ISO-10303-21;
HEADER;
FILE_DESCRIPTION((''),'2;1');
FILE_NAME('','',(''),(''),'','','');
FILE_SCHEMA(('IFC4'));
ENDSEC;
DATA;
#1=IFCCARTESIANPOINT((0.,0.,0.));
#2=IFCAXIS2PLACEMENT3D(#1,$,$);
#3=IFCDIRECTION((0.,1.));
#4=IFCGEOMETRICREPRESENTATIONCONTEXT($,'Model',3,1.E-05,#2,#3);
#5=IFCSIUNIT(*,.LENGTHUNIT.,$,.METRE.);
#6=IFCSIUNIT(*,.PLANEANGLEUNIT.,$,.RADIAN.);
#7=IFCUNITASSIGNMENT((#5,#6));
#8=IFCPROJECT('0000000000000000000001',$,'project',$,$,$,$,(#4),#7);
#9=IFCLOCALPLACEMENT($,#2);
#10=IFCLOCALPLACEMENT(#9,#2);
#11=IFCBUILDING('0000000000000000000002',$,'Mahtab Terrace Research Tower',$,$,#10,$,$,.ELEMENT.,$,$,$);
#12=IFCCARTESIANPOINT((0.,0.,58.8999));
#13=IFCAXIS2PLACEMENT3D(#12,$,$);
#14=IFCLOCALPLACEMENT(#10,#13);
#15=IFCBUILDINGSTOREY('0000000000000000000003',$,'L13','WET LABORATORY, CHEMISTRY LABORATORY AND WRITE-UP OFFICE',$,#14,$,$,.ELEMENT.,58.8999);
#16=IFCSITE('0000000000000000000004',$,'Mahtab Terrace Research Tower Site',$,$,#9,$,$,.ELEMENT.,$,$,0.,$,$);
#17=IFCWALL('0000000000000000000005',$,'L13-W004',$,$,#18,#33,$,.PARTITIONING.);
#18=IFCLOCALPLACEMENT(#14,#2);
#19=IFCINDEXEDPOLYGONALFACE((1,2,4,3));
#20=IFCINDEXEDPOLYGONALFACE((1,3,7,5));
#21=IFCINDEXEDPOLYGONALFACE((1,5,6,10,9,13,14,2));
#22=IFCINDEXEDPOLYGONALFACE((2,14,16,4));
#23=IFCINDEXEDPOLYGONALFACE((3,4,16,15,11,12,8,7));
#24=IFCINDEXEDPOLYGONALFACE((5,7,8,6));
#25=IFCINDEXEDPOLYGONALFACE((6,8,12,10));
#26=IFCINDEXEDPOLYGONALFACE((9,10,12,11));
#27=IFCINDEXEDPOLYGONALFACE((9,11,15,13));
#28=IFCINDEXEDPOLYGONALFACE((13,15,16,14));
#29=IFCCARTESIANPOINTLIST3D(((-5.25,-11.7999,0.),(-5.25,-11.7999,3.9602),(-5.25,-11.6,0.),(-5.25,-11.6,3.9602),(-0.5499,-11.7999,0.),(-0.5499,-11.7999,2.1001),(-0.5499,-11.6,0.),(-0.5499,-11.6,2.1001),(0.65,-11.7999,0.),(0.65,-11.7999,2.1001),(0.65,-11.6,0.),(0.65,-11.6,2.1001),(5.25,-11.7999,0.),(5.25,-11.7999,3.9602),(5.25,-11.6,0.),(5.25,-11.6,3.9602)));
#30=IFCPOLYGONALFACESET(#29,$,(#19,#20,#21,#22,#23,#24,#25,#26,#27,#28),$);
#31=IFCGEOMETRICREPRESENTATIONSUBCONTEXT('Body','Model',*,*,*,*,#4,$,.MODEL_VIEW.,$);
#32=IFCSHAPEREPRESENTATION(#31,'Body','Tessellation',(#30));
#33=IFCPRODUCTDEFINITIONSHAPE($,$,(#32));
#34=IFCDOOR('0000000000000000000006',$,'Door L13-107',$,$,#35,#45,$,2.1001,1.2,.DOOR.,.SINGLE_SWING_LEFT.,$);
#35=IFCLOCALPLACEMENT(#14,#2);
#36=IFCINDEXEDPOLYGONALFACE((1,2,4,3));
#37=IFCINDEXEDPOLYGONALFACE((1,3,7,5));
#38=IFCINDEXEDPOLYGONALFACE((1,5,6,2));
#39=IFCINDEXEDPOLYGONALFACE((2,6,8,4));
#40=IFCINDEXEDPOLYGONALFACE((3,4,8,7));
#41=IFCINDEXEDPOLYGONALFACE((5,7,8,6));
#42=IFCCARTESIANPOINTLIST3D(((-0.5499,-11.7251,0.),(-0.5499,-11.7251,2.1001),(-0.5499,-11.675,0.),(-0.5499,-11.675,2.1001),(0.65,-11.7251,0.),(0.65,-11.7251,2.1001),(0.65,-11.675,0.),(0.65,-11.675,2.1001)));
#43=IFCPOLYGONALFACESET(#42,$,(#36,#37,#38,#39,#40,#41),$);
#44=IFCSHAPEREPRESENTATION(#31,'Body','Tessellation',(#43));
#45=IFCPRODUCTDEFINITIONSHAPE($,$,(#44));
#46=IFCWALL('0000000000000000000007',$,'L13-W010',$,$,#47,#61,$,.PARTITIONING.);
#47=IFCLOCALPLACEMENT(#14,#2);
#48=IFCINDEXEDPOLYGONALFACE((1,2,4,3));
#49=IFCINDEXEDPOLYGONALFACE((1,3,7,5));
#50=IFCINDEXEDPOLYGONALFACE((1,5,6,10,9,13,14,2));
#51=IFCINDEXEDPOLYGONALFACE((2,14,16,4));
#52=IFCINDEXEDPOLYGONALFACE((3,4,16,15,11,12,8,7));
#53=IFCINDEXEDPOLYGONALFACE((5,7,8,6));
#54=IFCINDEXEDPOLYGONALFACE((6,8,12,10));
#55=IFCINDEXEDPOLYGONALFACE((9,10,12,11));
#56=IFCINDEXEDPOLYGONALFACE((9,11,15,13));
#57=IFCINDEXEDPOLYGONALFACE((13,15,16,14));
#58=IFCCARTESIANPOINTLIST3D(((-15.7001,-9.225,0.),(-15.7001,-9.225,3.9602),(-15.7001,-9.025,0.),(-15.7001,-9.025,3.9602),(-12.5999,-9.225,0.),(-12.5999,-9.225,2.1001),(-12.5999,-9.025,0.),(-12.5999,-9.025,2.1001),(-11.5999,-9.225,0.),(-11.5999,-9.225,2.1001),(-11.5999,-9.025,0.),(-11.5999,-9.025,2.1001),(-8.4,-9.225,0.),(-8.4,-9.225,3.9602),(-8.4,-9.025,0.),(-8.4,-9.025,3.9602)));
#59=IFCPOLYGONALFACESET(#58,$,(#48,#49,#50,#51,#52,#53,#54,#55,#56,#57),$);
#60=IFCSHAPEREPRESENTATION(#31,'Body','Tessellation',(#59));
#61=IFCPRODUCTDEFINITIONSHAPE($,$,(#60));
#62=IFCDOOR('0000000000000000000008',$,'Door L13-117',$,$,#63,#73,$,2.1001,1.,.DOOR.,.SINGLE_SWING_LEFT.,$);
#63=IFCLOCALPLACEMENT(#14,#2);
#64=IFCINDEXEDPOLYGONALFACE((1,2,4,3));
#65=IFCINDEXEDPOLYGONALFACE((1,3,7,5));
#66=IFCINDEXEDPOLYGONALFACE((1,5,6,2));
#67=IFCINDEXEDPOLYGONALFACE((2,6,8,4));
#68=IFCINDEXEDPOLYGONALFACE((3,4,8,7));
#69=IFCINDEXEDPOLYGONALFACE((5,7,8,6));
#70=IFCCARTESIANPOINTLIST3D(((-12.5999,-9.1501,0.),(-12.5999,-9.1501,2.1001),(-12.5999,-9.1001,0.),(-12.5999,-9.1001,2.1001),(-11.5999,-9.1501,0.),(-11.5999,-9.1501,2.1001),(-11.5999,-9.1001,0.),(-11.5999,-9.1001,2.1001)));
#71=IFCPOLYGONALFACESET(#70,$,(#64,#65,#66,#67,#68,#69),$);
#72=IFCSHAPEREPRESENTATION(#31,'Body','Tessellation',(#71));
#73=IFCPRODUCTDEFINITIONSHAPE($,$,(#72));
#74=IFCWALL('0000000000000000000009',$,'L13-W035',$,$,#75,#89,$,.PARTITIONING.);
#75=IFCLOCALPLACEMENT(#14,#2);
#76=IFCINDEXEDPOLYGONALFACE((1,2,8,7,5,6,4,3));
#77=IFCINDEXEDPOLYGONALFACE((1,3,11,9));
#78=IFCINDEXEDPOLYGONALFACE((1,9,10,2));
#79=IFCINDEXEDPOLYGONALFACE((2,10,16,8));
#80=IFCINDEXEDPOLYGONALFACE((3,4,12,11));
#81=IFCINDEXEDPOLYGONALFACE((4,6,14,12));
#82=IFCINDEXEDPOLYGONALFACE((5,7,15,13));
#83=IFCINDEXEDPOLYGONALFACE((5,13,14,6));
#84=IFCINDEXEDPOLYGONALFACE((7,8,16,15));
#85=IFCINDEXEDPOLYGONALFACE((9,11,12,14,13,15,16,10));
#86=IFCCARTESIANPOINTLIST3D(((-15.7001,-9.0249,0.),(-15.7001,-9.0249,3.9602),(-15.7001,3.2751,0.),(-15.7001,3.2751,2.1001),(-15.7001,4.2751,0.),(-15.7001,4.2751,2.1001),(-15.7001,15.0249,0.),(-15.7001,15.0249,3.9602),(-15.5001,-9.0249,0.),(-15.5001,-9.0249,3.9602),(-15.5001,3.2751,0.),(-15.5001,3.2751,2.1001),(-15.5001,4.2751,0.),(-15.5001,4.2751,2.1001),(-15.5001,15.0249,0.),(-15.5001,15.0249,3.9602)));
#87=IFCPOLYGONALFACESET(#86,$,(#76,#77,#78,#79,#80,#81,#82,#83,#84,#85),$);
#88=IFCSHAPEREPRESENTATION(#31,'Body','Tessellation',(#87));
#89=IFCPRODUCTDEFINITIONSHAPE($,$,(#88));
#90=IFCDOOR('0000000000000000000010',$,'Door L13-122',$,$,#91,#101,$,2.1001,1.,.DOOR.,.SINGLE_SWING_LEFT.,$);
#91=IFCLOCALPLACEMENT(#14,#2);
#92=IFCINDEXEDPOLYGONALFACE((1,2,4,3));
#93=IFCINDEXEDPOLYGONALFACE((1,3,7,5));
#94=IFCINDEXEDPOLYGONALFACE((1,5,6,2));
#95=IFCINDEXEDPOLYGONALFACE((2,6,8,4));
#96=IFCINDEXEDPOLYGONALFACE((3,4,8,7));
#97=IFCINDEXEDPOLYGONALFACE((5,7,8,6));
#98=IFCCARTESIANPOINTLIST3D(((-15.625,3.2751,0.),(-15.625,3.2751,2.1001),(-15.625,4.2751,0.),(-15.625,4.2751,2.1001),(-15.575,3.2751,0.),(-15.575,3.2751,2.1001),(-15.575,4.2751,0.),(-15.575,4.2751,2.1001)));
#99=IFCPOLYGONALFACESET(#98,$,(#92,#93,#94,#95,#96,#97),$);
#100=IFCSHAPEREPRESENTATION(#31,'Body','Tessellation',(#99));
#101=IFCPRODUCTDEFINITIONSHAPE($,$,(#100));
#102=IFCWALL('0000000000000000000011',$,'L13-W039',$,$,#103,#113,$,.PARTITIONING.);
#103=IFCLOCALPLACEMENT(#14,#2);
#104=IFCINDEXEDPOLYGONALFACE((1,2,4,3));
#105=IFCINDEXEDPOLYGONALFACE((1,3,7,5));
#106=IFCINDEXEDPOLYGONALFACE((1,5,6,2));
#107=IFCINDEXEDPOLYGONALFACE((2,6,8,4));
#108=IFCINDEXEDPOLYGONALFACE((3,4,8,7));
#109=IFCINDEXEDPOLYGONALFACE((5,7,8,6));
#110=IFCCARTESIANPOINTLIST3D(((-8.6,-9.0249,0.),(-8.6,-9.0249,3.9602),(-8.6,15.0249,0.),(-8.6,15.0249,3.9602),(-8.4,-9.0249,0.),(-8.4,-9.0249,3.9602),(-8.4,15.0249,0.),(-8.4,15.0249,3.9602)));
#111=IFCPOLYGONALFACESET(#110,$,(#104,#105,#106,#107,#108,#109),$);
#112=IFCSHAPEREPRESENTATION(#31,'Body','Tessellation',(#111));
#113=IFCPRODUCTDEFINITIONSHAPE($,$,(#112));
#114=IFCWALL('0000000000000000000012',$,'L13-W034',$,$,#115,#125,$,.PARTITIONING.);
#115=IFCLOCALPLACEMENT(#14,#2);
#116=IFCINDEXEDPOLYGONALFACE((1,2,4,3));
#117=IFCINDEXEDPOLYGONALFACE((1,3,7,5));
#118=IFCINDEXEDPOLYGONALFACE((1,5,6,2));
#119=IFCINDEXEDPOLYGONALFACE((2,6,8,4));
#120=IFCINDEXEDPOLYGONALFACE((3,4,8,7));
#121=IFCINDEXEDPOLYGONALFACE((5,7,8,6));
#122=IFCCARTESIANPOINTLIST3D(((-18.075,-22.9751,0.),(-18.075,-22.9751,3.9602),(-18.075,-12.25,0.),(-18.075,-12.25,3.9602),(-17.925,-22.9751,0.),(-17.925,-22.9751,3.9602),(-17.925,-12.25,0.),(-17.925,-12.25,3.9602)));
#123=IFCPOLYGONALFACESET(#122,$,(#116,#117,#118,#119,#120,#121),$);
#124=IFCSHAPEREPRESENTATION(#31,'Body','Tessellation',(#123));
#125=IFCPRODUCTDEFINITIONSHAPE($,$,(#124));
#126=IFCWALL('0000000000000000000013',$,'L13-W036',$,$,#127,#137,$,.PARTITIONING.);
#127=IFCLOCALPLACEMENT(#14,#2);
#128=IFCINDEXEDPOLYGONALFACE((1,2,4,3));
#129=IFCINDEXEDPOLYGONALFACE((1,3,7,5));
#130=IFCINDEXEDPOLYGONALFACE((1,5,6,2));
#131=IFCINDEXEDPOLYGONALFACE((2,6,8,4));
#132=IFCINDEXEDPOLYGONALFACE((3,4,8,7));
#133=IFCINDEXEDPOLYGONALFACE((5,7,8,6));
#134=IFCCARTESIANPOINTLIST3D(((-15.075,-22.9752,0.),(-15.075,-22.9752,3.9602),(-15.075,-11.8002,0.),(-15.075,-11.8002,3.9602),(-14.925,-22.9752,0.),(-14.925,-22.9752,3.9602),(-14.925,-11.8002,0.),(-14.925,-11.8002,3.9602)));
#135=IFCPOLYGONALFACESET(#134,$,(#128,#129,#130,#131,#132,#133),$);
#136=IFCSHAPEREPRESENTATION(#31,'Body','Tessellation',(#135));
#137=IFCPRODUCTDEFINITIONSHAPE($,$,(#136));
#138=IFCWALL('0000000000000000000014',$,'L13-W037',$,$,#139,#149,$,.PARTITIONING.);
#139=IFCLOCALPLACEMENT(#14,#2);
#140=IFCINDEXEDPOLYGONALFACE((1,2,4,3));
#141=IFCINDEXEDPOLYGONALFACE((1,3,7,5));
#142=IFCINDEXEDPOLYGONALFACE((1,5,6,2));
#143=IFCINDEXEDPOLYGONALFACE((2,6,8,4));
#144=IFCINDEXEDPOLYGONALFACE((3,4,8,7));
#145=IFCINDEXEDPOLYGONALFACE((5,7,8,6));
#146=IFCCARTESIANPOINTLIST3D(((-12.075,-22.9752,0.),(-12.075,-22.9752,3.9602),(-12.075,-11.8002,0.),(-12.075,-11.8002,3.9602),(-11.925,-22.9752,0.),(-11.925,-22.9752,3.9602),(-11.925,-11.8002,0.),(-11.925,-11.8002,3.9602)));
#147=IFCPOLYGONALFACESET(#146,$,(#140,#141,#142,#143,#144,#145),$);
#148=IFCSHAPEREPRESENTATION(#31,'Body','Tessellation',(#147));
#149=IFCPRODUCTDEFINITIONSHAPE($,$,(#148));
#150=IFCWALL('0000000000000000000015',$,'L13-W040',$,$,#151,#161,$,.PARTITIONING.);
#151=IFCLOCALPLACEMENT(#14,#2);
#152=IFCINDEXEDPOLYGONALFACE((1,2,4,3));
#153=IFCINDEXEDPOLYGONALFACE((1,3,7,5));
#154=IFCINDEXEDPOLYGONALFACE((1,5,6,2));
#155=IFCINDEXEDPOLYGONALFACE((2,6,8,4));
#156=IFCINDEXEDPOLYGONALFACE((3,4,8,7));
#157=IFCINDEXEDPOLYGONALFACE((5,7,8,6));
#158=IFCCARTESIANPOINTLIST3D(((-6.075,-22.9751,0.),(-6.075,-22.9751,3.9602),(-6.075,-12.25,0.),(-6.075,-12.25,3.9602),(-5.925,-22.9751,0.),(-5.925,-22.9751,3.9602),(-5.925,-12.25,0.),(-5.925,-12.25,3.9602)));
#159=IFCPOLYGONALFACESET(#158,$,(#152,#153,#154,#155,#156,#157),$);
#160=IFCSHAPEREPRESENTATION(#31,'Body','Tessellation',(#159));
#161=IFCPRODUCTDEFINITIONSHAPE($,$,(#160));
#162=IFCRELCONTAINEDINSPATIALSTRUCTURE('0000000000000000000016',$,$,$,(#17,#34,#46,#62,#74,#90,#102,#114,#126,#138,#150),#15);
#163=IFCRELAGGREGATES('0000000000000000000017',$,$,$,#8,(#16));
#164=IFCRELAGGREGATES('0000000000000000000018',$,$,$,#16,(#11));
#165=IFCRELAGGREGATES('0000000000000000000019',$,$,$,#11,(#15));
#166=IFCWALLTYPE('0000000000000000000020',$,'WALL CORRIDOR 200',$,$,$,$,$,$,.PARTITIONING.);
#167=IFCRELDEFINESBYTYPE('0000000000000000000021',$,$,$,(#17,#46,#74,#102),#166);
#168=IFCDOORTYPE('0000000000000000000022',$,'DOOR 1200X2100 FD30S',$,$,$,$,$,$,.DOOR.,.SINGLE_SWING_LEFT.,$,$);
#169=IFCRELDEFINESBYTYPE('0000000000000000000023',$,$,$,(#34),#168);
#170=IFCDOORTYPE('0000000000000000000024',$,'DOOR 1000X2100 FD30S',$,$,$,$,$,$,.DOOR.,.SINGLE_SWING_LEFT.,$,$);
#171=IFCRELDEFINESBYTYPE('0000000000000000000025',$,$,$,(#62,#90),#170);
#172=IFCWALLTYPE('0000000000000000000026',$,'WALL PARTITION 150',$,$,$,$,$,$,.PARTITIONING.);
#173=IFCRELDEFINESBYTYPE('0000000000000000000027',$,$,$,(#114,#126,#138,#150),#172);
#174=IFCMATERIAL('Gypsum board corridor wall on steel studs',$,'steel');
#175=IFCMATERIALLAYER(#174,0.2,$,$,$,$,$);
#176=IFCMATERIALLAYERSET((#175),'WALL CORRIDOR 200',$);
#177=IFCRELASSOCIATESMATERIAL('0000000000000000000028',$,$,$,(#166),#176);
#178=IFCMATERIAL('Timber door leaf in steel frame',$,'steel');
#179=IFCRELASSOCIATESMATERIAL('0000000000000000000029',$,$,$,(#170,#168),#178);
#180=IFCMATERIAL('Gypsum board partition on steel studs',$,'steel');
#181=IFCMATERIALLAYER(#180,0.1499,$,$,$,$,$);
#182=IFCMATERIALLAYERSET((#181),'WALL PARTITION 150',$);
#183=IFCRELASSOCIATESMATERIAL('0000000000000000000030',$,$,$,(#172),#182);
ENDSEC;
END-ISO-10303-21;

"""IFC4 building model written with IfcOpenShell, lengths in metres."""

from ifc_helpers import new_model, si_unit, direction, frame, frame_2d, origin, place, context, subcontext, project, spatial, rectangle, extrude, material, layer, layer_set, type_object, element, fill, save


model = new_model("IFC4")

# Units and contexts
model_context = context("Model", 3, precision=1e-05, world=origin(), true_north=direction((0.0, 1.0)))
body_context = subcontext(model_context, "Body", "Model", "MODEL_VIEW")
ifc_project = project(units=[si_unit("LENGTHUNIT", "METRE"), si_unit("PLANEANGLEUNIT", "RADIAN")], contexts=[model_context])

# Site, building, storey
site_placement = place(None, origin())
site = spatial("IfcSite", under=ifc_project, at=site_placement, Name="Mahtab Terrace Research Tower Site", CompositionType="ELEMENT", RefElevation=0.0)
building_placement = place(site_placement, origin())
building = spatial("IfcBuilding", under=site, at=building_placement, Name="Mahtab Terrace Research Tower", CompositionType="ELEMENT")
storey_placement = place(building_placement, frame((0.0, 0.0, 58.8999)))
storey = spatial("IfcBuildingStorey", under=building, at=storey_placement, Name="L13", Description="WET LABORATORY, CHEMISTRY LABORATORY AND WRITE-UP OFFICE", CompositionType="ELEMENT", Elevation=58.8999)

# Shared definitions
ifc_material_1 = material(Name="Gypsum board corridor wall on steel studs", Category="steel")
ifc_layer_1 = layer(ifc_material_1, 0.2)
ifc_layer_set_1 = layer_set([ifc_layer_1], Name="WALL CORRIDOR 200")
wall_type_1 = type_object("IfcWallType", Name="WALL CORRIDOR 200", PredefinedType="PARTITIONING", material=ifc_layer_set_1)
ifc_material_2 = material(Name="Timber door leaf in steel frame", Category="steel")
door_type_1 = type_object("IfcDoorType", Name="DOOR 1000X2100 FD30S", OperationType="SINGLE_SWING_LEFT", PredefinedType="DOOR", material=ifc_material_2)
door_type_2 = type_object("IfcDoorType", Name="DOOR 1200X2100 FD30S", OperationType="SINGLE_SWING_LEFT", PredefinedType="DOOR", material=ifc_material_2)

# Walls, openings, doors
wall_1_placement = place(storey_placement, frame((-5.25, -11.7, 0.0), z_axis=(0.0, 0.0, 1.0), x_axis=(1.0, 0.0, 0.0)))
wall_1 = element("IfcWall", 1, at=wall_1_placement, inside=storey, type_object=wall_type_1, Name="L13-W004", PredefinedType="PARTITIONING", context=body_context, shape_type="SweptSolid", body=[
    extrude(rectangle(XDim=10.5, YDim=0.2, at=frame_2d((5.25, 0.0))), origin(), (0.0, 0.0, 1.0), 3.9602),
])
opening_1_placement = place(wall_1_placement, frame((4.7, 0.0, 0.0)))
opening_1 = element("IfcOpeningElement", 2, at=opening_1_placement, cuts=wall_1, PredefinedType="OPENING", context=body_context, shape_type="SweptSolid", body=[
    extrude(rectangle(XDim=1.2, YDim=2.1001, at=frame_2d((0.6001, 1.05))), frame((0.0, 0.1099, 0.0), z_axis=(0.0, -1.0, 0.0), x_axis=(1.0, 0.0, 0.0)), (0.0, 0.0, 1.0), 0.22),
])
door_1_placement = place(opening_1_placement, origin())
door_1 = element("IfcDoor", 3, at=door_1_placement, inside=storey, type_object=door_type_2, Name="Door L13-107", OperationType="SINGLE_SWING_LEFT", OverallHeight=2.1001, OverallWidth=1.2, PredefinedType="DOOR", context=body_context, shape_type="SweptSolid", body=[
    extrude(rectangle(XDim=1.2, YDim=2.1001, at=frame_2d((0.6001, 1.05))), frame((0.0, 0.0249, 0.0), z_axis=(0.0, -1.0, 0.0), x_axis=(1.0, 0.0, 0.0)), (0.0, 0.0, 1.0), 0.05),
])
fill(opening_1, door_1)
wall_2_placement = place(storey_placement, frame((-15.7, -9.125, 0.0), z_axis=(0.0, 0.0, 1.0), x_axis=(1.0, 0.0, 0.0)))
wall_2 = element("IfcWall", 4, at=wall_2_placement, inside=storey, type_object=wall_type_1, Name="L13-W010", PredefinedType="PARTITIONING", context=body_context, shape_type="SweptSolid", body=[
    extrude(rectangle(XDim=7.3, YDim=0.2, at=frame_2d((3.6499, 0.0))), origin(), (0.0, 0.0, 1.0), 3.9602),
])
opening_2_placement = place(wall_2_placement, frame((3.1001, 0.0, 0.0)))
opening_2 = element("IfcOpeningElement", 5, at=opening_2_placement, cuts=wall_2, PredefinedType="OPENING", context=body_context, shape_type="SweptSolid", body=[
    extrude(rectangle(XDim=1.0, YDim=2.1001, at=frame_2d((0.5, 1.05))), frame((0.0, 0.1099, 0.0), z_axis=(0.0, -1.0, 0.0), x_axis=(1.0, 0.0, 0.0)), (0.0, 0.0, 1.0), 0.22),
])
door_2_placement = place(opening_2_placement, origin())
door_2 = element("IfcDoor", 6, at=door_2_placement, inside=storey, type_object=door_type_1, Name="Door L13-117", OperationType="SINGLE_SWING_LEFT", OverallHeight=2.1001, OverallWidth=1.0, PredefinedType="DOOR", context=body_context, shape_type="SweptSolid", body=[
    extrude(rectangle(XDim=1.0, YDim=2.1001, at=frame_2d((0.5, 1.05))), frame((0.0, 0.0249, 0.0), z_axis=(0.0, -1.0, 0.0), x_axis=(1.0, 0.0, 0.0)), (0.0, 0.0, 1.0), 0.05),
])
fill(opening_2, door_2)
wall_3_placement = place(storey_placement, frame((-15.6001, -9.0249, 0.0), z_axis=(0.0, 0.0, 1.0), x_axis=(0.0, 1.0, 0.0)))
wall_3 = element("IfcWall", 7, at=wall_3_placement, inside=storey, type_object=wall_type_1, Name="L13-W035", PredefinedType="PARTITIONING", context=body_context, shape_type="SweptSolid", body=[
    extrude(rectangle(XDim=24.0498, YDim=0.2, at=frame_2d((12.0249, 0.0))), origin(), (0.0, 0.0, 1.0), 3.9602),
])
opening_3_placement = place(wall_3_placement, frame((12.3, 0.0, 0.0)))
opening_3 = element("IfcOpeningElement", 8, at=opening_3_placement, cuts=wall_3, PredefinedType="OPENING", context=body_context, shape_type="SweptSolid", body=[
    extrude(rectangle(XDim=1.0, YDim=2.1001, at=frame_2d((0.5, 1.05))), frame((0.0, 0.1099, 0.0), z_axis=(0.0, -1.0, 0.0), x_axis=(1.0, 0.0, 0.0)), (0.0, 0.0, 1.0), 0.22),
])
door_3_placement = place(opening_3_placement, origin())
door_3 = element("IfcDoor", 9, at=door_3_placement, inside=storey, type_object=door_type_1, Name="Door L13-122", OperationType="SINGLE_SWING_LEFT", OverallHeight=2.1001, OverallWidth=1.0, PredefinedType="DOOR", context=body_context, shape_type="SweptSolid", body=[
    extrude(rectangle(XDim=1.0, YDim=2.1001, at=frame_2d((0.5, 1.05))), frame((0.0, 0.0249, 0.0), z_axis=(0.0, -1.0, 0.0), x_axis=(1.0, 0.0, 0.0)), (0.0, 0.0, 1.0), 0.05),
])
fill(opening_3, door_3)

# Walls
wall_4_placement = place(storey_placement, frame((-8.5, -9.0249, 0.0), z_axis=(0.0, 0.0, 1.0), x_axis=(0.0, 1.0, 0.0)))
element("IfcWall", 10, at=wall_4_placement, inside=storey, type_object=wall_type_1, Name="L13-W039", PredefinedType="PARTITIONING", context=body_context, shape_type="SweptSolid", body=[
    extrude(rectangle(XDim=24.0498, YDim=0.2, at=frame_2d((12.0249, 0.0))), origin(), (0.0, 0.0, 1.0), 3.9602),
])
ifc_material_3 = material(Name="Gypsum board partition on steel studs", Category="steel")
ifc_layer_2 = layer(ifc_material_3, 0.1499)
ifc_layer_set_2 = layer_set([ifc_layer_2], Name="WALL PARTITION 150")
wall_type_2 = type_object("IfcWallType", Name="WALL PARTITION 150", PredefinedType="PARTITIONING", material=ifc_layer_set_2)
wall_5_placement = place(storey_placement, frame((-18.0, -22.9751, 0.0), z_axis=(0.0, 0.0, 1.0), x_axis=(0.0, 1.0, 0.0)))
element("IfcWall", 11, at=wall_5_placement, inside=storey, type_object=wall_type_2, Name="L13-W034", PredefinedType="PARTITIONING", context=body_context, shape_type="SweptSolid", body=[
    extrude(rectangle(XDim=10.7251, YDim=0.1499, at=frame_2d((5.3625, 0.0))), origin(), (0.0, 0.0, 1.0), 3.9602),
])
for number, where, z_axis, x_axis, name in (
    (12, (-15.0, -22.9751, 0.0), (0.0, 0.0, 1.0), (0.0, 1.0, 0.0), "L13-W036"),
    (13, (-12.0, -22.9751, 0.0), (0.0, 0.0, 1.0), (0.0, 1.0, 0.0), "L13-W037"),
):
    element("IfcWall", number, at=place(storey_placement, frame(where, z_axis=z_axis, x_axis=x_axis)), inside=storey, type_object=wall_type_2, Name=name, PredefinedType="PARTITIONING", context=body_context, shape_type="SweptSolid", body=[
        extrude(rectangle(XDim=11.175, YDim=0.1499, at=frame_2d((5.5874, 0.0))), origin(), (0.0, 0.0, 1.0), 3.9602),
    ])
wall_6_placement = place(storey_placement, frame((-6.0, -22.9751, 0.0), z_axis=(0.0, 0.0, 1.0), x_axis=(0.0, 1.0, 0.0)))
element("IfcWall", 14, at=wall_6_placement, inside=storey, type_object=wall_type_2, Name="L13-W040", PredefinedType="PARTITIONING", context=body_context, shape_type="SweptSolid", body=[
    extrude(rectangle(XDim=10.7251, YDim=0.1499, at=frame_2d((5.3625, 0.0))), origin(), (0.0, 0.0, 1.0), 3.9602),
])

save(model, "model.ifc")
